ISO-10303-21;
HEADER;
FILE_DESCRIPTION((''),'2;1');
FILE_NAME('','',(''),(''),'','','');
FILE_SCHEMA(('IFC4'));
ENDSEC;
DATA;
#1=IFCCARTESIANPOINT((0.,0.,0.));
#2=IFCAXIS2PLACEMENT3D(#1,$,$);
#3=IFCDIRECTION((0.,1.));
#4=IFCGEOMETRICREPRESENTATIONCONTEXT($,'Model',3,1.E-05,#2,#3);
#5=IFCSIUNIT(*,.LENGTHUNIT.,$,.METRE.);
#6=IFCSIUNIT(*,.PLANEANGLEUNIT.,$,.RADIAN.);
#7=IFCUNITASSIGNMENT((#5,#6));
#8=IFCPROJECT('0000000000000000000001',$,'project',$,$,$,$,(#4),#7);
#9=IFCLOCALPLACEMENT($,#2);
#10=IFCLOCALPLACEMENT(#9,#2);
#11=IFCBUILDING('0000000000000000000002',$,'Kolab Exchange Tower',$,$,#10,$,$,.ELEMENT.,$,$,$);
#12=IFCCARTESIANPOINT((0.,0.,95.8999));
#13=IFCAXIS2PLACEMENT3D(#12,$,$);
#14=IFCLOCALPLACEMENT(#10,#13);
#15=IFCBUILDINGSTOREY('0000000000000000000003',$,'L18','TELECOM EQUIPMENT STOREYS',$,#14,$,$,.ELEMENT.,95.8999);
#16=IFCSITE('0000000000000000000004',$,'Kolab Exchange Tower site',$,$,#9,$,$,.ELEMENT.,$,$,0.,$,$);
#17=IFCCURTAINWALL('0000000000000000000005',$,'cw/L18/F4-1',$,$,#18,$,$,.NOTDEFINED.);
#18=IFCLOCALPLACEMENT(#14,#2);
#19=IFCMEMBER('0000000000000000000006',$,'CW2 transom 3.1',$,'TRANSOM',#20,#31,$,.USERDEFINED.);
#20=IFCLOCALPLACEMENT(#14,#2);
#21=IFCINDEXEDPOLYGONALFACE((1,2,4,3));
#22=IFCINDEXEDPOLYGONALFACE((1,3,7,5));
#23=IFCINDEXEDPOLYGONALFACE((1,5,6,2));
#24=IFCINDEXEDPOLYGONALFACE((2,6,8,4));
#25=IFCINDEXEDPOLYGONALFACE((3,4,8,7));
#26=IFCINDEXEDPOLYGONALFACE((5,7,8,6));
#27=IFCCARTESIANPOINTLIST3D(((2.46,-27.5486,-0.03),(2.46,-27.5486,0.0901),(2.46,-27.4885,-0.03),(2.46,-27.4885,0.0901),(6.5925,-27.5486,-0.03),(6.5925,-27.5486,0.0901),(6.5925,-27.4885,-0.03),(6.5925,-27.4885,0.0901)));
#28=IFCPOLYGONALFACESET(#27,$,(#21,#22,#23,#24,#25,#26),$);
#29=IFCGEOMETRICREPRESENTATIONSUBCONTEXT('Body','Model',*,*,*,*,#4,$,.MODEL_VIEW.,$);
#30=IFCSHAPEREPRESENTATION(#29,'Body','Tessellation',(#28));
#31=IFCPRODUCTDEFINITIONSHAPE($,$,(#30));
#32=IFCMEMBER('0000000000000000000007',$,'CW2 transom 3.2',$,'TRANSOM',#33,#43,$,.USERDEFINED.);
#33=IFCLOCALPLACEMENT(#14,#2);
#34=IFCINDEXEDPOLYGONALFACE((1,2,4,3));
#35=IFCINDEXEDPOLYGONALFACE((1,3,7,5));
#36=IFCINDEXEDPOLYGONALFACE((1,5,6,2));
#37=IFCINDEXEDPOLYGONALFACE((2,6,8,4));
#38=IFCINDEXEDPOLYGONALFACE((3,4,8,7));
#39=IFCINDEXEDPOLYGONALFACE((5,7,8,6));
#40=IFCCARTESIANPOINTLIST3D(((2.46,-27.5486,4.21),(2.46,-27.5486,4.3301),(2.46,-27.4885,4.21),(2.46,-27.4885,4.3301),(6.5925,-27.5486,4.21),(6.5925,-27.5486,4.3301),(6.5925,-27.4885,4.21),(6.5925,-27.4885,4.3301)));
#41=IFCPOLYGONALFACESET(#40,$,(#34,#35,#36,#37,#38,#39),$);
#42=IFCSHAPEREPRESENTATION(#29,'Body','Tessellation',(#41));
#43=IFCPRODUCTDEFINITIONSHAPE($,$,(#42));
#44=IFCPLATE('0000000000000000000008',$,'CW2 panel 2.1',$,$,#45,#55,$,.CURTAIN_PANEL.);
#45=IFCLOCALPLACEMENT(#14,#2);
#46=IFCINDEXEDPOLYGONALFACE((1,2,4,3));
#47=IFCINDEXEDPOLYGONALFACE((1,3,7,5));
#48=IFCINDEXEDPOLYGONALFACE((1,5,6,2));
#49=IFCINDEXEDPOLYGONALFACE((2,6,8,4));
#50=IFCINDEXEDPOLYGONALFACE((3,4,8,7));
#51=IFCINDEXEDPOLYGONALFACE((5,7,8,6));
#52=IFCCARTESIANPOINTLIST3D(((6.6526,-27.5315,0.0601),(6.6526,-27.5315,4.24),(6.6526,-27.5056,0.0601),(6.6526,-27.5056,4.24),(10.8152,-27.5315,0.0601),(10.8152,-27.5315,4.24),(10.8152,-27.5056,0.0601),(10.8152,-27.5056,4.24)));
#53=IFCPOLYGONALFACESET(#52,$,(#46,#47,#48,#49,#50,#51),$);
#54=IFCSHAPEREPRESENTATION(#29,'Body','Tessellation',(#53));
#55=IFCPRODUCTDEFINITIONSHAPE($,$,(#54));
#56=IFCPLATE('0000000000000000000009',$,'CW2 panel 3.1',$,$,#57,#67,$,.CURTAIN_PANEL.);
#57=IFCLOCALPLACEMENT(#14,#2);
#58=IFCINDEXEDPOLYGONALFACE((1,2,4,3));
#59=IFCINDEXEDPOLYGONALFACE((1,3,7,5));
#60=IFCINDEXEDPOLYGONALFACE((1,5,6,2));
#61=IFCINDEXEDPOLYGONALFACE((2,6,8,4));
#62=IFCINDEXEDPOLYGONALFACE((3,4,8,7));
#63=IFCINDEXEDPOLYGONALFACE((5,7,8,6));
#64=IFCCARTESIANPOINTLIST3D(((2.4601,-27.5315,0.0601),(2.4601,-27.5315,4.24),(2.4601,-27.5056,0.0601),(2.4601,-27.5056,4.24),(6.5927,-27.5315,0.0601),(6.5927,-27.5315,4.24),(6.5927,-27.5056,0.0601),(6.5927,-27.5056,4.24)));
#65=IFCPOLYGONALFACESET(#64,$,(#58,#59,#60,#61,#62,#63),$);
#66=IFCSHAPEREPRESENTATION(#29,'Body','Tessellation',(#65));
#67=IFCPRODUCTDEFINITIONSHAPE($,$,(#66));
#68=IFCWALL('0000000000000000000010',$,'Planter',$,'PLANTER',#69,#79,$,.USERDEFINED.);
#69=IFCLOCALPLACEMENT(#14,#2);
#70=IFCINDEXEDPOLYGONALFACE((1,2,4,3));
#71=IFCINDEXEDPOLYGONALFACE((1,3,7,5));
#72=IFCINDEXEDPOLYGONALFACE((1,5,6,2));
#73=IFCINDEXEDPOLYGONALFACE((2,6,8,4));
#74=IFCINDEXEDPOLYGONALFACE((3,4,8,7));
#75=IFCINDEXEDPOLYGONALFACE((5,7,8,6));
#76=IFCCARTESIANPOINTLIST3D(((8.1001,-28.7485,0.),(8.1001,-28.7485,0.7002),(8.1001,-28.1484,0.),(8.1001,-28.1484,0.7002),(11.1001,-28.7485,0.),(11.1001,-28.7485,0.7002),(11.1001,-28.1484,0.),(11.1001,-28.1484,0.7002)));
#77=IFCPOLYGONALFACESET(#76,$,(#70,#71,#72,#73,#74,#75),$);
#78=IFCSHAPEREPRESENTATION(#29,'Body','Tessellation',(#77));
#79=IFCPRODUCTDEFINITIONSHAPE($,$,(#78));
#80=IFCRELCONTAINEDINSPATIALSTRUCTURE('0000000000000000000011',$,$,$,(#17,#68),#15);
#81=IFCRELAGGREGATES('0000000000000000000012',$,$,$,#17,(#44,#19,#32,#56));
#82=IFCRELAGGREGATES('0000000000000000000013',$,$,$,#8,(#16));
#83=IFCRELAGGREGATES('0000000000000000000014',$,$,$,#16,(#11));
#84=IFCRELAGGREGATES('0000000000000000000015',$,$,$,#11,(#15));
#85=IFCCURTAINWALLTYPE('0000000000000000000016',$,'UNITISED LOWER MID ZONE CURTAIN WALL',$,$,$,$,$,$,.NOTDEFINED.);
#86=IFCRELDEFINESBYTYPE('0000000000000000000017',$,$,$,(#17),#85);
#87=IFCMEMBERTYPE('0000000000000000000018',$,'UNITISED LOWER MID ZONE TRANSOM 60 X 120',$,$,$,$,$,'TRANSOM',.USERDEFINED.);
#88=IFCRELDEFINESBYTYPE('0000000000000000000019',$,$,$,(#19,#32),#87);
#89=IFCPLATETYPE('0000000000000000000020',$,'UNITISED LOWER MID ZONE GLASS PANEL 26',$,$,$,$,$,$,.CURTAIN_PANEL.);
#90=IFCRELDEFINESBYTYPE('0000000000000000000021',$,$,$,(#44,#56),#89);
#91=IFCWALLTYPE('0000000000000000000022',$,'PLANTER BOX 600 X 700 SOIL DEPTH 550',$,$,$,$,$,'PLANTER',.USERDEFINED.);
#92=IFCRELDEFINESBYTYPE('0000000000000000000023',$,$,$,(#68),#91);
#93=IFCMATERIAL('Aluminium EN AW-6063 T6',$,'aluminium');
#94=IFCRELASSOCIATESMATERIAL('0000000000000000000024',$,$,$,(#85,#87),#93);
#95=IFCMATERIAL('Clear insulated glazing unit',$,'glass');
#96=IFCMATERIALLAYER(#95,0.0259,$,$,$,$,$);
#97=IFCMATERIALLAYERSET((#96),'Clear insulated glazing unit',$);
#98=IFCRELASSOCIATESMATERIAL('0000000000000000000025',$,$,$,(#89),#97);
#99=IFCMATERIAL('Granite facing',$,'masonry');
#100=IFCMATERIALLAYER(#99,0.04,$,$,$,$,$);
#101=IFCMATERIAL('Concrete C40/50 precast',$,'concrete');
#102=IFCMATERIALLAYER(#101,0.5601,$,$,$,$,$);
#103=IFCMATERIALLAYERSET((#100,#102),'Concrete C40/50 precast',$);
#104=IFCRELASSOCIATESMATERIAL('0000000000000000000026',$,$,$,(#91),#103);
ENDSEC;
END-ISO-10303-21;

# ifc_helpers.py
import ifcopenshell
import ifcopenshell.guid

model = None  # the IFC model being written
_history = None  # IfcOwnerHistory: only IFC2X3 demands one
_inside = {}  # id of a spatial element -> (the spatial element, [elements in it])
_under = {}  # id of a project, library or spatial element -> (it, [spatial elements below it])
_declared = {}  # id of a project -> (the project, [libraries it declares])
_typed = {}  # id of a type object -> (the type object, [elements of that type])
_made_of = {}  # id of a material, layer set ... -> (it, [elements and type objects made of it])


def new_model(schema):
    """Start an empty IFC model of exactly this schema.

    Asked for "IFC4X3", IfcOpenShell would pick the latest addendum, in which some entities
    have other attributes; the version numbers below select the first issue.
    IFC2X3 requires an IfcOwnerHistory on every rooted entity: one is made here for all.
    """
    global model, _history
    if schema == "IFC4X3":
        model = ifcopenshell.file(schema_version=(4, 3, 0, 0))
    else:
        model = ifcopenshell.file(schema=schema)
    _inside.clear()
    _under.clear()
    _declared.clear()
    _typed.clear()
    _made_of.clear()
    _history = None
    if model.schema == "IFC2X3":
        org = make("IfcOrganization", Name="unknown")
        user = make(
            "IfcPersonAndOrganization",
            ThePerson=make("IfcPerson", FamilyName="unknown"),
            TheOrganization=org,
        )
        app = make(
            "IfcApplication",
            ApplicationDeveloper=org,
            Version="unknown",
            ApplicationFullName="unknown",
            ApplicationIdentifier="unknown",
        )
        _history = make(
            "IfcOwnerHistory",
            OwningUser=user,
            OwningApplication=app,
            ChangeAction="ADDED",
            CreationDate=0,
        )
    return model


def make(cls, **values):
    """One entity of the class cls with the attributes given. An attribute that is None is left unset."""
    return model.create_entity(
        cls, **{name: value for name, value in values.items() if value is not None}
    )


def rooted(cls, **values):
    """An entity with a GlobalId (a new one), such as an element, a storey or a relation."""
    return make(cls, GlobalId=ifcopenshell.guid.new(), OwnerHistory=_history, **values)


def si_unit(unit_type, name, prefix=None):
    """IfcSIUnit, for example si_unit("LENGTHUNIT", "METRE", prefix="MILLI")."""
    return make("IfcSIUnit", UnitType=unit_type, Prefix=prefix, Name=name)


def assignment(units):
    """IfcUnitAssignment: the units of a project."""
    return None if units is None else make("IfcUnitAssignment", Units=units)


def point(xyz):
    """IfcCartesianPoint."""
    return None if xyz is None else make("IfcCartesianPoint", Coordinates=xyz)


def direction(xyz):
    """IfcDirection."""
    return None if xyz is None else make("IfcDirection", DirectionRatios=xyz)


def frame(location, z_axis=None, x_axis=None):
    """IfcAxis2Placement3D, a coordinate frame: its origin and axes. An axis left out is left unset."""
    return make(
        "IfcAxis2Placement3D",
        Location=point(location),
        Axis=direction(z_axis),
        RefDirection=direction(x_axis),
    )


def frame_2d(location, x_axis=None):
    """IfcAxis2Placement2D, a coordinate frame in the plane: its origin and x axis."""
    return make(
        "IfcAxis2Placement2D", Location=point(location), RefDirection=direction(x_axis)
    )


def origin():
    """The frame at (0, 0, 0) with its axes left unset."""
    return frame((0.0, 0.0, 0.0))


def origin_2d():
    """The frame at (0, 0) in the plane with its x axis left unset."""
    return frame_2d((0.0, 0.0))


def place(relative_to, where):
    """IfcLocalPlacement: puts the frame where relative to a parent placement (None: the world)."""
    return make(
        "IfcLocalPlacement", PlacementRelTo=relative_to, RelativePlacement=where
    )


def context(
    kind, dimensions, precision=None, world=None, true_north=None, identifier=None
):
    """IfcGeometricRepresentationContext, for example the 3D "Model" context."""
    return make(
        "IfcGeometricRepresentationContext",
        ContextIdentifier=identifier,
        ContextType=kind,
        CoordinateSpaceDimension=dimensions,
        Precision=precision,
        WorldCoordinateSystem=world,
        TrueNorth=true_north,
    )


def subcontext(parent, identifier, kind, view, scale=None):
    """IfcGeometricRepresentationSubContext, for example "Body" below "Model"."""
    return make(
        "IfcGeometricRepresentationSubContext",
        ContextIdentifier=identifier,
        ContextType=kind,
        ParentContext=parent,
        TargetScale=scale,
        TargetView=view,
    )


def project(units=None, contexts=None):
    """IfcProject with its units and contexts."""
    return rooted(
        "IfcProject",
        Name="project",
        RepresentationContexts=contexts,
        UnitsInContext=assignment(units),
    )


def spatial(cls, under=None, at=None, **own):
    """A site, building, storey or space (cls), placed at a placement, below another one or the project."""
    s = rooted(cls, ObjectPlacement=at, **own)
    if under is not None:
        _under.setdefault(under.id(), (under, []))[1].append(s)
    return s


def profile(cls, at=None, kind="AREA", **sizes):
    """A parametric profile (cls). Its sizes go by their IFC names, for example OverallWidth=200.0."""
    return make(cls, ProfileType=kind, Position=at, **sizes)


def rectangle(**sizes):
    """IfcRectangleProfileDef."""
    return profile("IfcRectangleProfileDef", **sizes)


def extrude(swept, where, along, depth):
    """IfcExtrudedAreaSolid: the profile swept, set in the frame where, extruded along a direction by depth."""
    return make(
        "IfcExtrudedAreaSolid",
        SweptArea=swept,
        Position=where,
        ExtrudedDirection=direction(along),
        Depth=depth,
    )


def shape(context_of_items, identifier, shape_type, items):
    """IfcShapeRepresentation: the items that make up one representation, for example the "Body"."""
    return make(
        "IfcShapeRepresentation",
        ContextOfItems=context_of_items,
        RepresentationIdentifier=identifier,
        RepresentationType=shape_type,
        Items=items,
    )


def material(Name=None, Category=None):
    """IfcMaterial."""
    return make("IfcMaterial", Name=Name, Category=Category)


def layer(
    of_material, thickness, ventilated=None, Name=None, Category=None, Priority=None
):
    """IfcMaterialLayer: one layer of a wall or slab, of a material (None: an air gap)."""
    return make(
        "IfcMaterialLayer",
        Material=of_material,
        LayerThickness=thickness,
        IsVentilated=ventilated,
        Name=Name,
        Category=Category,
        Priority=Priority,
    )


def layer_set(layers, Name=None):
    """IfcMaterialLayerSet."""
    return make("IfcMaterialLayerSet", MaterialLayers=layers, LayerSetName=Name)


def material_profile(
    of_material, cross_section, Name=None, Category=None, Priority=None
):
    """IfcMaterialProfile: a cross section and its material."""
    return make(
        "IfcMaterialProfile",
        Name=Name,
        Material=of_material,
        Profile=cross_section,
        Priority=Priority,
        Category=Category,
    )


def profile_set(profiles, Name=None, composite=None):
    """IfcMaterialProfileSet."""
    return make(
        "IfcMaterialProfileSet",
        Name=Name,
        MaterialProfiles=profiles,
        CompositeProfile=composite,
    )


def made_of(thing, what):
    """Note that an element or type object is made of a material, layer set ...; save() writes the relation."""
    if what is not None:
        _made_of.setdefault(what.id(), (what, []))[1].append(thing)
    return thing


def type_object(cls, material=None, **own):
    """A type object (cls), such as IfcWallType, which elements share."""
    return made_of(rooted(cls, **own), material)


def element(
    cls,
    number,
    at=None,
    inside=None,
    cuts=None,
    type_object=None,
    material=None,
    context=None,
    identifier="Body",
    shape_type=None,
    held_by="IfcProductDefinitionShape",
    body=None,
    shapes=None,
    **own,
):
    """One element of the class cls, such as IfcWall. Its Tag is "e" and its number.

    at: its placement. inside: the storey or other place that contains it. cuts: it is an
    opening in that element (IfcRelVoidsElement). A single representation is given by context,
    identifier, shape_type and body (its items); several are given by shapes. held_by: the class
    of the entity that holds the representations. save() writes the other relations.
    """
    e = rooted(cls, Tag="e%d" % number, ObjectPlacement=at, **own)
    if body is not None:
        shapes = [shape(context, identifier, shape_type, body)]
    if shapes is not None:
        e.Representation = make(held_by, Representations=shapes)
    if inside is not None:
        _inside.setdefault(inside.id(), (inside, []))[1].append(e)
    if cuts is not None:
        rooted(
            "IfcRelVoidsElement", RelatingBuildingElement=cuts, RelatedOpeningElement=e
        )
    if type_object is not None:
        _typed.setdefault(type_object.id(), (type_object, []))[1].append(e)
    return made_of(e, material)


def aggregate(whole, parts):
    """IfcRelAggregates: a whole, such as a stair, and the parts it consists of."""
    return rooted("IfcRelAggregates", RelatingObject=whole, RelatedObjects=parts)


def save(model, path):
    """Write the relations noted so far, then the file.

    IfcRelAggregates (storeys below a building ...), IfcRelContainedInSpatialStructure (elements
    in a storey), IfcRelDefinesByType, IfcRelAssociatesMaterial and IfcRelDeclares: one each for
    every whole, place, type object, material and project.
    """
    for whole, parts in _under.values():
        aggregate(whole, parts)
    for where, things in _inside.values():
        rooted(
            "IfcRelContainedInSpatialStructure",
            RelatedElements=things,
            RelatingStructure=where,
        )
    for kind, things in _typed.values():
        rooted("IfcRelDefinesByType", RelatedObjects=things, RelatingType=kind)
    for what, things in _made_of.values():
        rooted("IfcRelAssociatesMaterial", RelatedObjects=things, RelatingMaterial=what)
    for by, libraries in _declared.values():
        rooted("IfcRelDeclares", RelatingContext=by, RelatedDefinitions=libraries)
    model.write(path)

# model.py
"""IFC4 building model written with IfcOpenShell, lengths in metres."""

from ifc_helpers import new_model, si_unit, direction, frame, frame_2d, origin, origin_2d, place, context, subcontext, project, spatial, rectangle, extrude, material, layer, layer_set, material_profile, profile_set, type_object, element, aggregate, save


model = new_model("IFC4")

# Units and contexts
model_context = context("Model", 3, precision=1e-05, world=origin(), true_north=direction((0.0, 1.0)))
body_context = subcontext(model_context, "Body", "Model", "MODEL_VIEW")
ifc_project = project(units=[si_unit("LENGTHUNIT", "METRE"), si_unit("PLANEANGLEUNIT", "RADIAN")], contexts=[model_context])

# Site, building, storey
site_placement = place(None, origin())
site = spatial("IfcSite", under=ifc_project, at=site_placement, Name="Kolab Exchange Tower site", CompositionType="ELEMENT", RefElevation=0.0)
building_placement = place(site_placement, origin())
building = spatial("IfcBuilding", under=site, at=building_placement, Name="Kolab Exchange Tower", CompositionType="ELEMENT")
storey_placement = place(building_placement, frame((0.0, 0.0, 95.8999)))
storey = spatial("IfcBuildingStorey", under=building, at=storey_placement, Name="L18", Description="TELECOM EQUIPMENT STOREYS", CompositionType="ELEMENT", Elevation=95.8999)

# Curtain wall, members, plates
ifc_material_1 = material(Name="Aluminium EN AW-6063 T6", Category="aluminium")
curtain_wall_type = type_object("IfcCurtainWallType", Name="UNITISED LOWER MID ZONE CURTAIN WALL", PredefinedType="NOTDEFINED", material=ifc_material_1)
curtain_wall_placement = place(storey_placement, origin())
curtain_wall = element("IfcCurtainWall", 1, at=curtain_wall_placement, inside=storey, type_object=curtain_wall_type, Name="cw/L18/F4-1", PredefinedType="NOTDEFINED")
ifc_material_profile_1 = material_profile(ifc_material_1, rectangle(XDim=0.0601, YDim=0.1201, at=origin_2d()), Name="RECT 60X120")
ifc_profile_set_1 = profile_set([ifc_material_profile_1], Name="Aluminium EN AW-6063 T6")
member_type_1 = type_object("IfcMemberType", Name="UNITISED LOWER MID ZONE TRANSOM 60 X 120", ElementType="TRANSOM", PredefinedType="USERDEFINED", material=ifc_profile_set_1)
member_1_placement = place(storey_placement, frame((6.5925, -27.5186, 0.03), z_axis=(-1.0, 0.0, 0.0), x_axis=(0.0, -1.0, 0.0)))
member_1 = element("IfcMember", 2, at=member_1_placement, type_object=member_type_1, Name="CW2 transom 3.1", ObjectType="TRANSOM", PredefinedType="USERDEFINED", context=body_context, shape_type="SweptSolid", body=[
    extrude(rectangle(XDim=0.0601, YDim=0.1201, at=origin_2d()), origin(), (0.0, 0.0, 1.0), 4.1326),
])
member_2_placement = place(storey_placement, frame((6.5925, -27.5186, 4.27), z_axis=(-1.0, 0.0, 0.0), x_axis=(0.0, -1.0, 0.0)))
member_2 = element("IfcMember", 3, at=member_2_placement, type_object=member_type_1, Name="CW2 transom 3.2", ObjectType="TRANSOM", PredefinedType="USERDEFINED", context=body_context, shape_type="SweptSolid", body=[
    extrude(rectangle(XDim=0.0601, YDim=0.1201, at=origin_2d()), origin(), (0.0, 0.0, 1.0), 4.1326),
])
ifc_material_2 = material(Name="Clear insulated glazing unit", Category="glass")
ifc_layer_1 = layer(ifc_material_2, 0.0259)
ifc_layer_set_1 = layer_set([ifc_layer_1], Name="Clear insulated glazing unit")
plate_type = type_object("IfcPlateType", Name="UNITISED LOWER MID ZONE GLASS PANEL 26", PredefinedType="CURTAIN_PANEL", material=ifc_layer_set_1)
plate_1_placement = place(storey_placement, frame((8.7339, -27.5186, 0.0601), z_axis=(0.0, 0.0, 1.0), x_axis=(-1.0, 0.0, 0.0)))
plate_1 = element("IfcPlate", 4, at=plate_1_placement, type_object=plate_type, Name="CW2 panel 2.1", PredefinedType="CURTAIN_PANEL", context=body_context, shape_type="SweptSolid", body=[
    extrude(rectangle(XDim=4.1626, YDim=0.0259, at=origin_2d()), origin(), (0.0, 0.0, 1.0), 4.1799),
])
plate_2_placement = place(storey_placement, frame((4.5264, -27.5186, 0.0601), z_axis=(0.0, 0.0, 1.0), x_axis=(-1.0, 0.0, 0.0)))
plate_2 = element("IfcPlate", 5, at=plate_2_placement, type_object=plate_type, Name="CW2 panel 3.1", PredefinedType="CURTAIN_PANEL", context=body_context, shape_type="SweptSolid", body=[
    extrude(rectangle(XDim=4.1326, YDim=0.0259, at=origin_2d()), origin(), (0.0, 0.0, 1.0), 4.1799),
])
aggregate(curtain_wall, [plate_1, member_1, member_2, plate_2])

# Wall
ifc_material_3 = material(Name="Granite facing", Category="masonry")
ifc_layer_2 = layer(ifc_material_3, 0.04)
ifc_material_4 = material(Name="Concrete C40/50 precast", Category="concrete")
ifc_layer_3 = layer(ifc_material_4, 0.5601)
ifc_layer_set_2 = layer_set([ifc_layer_2, ifc_layer_3], Name="Concrete C40/50 precast")
wall_type_1 = type_object("IfcWallType", Name="PLANTER BOX 600 X 700 SOIL DEPTH 550", ElementType="PLANTER", PredefinedType="USERDEFINED", material=ifc_layer_set_2)
wall_1_placement = place(storey_placement, frame((11.1001, -28.4485, 0.0), z_axis=(0.0, 0.0, 1.0), x_axis=(-1.0, 0.0, 0.0)))
element("IfcWall", 6, at=wall_1_placement, inside=storey, type_object=wall_type_1, Name="Planter", ObjectType="PLANTER", PredefinedType="USERDEFINED", context=body_context, shape_type="SweptSolid", body=[
    extrude(rectangle(XDim=3.0, YDim=0.6001, at=frame_2d((1.5, 0.0))), origin(), (0.0, 0.0, 1.0), 0.7002),
])

save(model, "model.ifc")
